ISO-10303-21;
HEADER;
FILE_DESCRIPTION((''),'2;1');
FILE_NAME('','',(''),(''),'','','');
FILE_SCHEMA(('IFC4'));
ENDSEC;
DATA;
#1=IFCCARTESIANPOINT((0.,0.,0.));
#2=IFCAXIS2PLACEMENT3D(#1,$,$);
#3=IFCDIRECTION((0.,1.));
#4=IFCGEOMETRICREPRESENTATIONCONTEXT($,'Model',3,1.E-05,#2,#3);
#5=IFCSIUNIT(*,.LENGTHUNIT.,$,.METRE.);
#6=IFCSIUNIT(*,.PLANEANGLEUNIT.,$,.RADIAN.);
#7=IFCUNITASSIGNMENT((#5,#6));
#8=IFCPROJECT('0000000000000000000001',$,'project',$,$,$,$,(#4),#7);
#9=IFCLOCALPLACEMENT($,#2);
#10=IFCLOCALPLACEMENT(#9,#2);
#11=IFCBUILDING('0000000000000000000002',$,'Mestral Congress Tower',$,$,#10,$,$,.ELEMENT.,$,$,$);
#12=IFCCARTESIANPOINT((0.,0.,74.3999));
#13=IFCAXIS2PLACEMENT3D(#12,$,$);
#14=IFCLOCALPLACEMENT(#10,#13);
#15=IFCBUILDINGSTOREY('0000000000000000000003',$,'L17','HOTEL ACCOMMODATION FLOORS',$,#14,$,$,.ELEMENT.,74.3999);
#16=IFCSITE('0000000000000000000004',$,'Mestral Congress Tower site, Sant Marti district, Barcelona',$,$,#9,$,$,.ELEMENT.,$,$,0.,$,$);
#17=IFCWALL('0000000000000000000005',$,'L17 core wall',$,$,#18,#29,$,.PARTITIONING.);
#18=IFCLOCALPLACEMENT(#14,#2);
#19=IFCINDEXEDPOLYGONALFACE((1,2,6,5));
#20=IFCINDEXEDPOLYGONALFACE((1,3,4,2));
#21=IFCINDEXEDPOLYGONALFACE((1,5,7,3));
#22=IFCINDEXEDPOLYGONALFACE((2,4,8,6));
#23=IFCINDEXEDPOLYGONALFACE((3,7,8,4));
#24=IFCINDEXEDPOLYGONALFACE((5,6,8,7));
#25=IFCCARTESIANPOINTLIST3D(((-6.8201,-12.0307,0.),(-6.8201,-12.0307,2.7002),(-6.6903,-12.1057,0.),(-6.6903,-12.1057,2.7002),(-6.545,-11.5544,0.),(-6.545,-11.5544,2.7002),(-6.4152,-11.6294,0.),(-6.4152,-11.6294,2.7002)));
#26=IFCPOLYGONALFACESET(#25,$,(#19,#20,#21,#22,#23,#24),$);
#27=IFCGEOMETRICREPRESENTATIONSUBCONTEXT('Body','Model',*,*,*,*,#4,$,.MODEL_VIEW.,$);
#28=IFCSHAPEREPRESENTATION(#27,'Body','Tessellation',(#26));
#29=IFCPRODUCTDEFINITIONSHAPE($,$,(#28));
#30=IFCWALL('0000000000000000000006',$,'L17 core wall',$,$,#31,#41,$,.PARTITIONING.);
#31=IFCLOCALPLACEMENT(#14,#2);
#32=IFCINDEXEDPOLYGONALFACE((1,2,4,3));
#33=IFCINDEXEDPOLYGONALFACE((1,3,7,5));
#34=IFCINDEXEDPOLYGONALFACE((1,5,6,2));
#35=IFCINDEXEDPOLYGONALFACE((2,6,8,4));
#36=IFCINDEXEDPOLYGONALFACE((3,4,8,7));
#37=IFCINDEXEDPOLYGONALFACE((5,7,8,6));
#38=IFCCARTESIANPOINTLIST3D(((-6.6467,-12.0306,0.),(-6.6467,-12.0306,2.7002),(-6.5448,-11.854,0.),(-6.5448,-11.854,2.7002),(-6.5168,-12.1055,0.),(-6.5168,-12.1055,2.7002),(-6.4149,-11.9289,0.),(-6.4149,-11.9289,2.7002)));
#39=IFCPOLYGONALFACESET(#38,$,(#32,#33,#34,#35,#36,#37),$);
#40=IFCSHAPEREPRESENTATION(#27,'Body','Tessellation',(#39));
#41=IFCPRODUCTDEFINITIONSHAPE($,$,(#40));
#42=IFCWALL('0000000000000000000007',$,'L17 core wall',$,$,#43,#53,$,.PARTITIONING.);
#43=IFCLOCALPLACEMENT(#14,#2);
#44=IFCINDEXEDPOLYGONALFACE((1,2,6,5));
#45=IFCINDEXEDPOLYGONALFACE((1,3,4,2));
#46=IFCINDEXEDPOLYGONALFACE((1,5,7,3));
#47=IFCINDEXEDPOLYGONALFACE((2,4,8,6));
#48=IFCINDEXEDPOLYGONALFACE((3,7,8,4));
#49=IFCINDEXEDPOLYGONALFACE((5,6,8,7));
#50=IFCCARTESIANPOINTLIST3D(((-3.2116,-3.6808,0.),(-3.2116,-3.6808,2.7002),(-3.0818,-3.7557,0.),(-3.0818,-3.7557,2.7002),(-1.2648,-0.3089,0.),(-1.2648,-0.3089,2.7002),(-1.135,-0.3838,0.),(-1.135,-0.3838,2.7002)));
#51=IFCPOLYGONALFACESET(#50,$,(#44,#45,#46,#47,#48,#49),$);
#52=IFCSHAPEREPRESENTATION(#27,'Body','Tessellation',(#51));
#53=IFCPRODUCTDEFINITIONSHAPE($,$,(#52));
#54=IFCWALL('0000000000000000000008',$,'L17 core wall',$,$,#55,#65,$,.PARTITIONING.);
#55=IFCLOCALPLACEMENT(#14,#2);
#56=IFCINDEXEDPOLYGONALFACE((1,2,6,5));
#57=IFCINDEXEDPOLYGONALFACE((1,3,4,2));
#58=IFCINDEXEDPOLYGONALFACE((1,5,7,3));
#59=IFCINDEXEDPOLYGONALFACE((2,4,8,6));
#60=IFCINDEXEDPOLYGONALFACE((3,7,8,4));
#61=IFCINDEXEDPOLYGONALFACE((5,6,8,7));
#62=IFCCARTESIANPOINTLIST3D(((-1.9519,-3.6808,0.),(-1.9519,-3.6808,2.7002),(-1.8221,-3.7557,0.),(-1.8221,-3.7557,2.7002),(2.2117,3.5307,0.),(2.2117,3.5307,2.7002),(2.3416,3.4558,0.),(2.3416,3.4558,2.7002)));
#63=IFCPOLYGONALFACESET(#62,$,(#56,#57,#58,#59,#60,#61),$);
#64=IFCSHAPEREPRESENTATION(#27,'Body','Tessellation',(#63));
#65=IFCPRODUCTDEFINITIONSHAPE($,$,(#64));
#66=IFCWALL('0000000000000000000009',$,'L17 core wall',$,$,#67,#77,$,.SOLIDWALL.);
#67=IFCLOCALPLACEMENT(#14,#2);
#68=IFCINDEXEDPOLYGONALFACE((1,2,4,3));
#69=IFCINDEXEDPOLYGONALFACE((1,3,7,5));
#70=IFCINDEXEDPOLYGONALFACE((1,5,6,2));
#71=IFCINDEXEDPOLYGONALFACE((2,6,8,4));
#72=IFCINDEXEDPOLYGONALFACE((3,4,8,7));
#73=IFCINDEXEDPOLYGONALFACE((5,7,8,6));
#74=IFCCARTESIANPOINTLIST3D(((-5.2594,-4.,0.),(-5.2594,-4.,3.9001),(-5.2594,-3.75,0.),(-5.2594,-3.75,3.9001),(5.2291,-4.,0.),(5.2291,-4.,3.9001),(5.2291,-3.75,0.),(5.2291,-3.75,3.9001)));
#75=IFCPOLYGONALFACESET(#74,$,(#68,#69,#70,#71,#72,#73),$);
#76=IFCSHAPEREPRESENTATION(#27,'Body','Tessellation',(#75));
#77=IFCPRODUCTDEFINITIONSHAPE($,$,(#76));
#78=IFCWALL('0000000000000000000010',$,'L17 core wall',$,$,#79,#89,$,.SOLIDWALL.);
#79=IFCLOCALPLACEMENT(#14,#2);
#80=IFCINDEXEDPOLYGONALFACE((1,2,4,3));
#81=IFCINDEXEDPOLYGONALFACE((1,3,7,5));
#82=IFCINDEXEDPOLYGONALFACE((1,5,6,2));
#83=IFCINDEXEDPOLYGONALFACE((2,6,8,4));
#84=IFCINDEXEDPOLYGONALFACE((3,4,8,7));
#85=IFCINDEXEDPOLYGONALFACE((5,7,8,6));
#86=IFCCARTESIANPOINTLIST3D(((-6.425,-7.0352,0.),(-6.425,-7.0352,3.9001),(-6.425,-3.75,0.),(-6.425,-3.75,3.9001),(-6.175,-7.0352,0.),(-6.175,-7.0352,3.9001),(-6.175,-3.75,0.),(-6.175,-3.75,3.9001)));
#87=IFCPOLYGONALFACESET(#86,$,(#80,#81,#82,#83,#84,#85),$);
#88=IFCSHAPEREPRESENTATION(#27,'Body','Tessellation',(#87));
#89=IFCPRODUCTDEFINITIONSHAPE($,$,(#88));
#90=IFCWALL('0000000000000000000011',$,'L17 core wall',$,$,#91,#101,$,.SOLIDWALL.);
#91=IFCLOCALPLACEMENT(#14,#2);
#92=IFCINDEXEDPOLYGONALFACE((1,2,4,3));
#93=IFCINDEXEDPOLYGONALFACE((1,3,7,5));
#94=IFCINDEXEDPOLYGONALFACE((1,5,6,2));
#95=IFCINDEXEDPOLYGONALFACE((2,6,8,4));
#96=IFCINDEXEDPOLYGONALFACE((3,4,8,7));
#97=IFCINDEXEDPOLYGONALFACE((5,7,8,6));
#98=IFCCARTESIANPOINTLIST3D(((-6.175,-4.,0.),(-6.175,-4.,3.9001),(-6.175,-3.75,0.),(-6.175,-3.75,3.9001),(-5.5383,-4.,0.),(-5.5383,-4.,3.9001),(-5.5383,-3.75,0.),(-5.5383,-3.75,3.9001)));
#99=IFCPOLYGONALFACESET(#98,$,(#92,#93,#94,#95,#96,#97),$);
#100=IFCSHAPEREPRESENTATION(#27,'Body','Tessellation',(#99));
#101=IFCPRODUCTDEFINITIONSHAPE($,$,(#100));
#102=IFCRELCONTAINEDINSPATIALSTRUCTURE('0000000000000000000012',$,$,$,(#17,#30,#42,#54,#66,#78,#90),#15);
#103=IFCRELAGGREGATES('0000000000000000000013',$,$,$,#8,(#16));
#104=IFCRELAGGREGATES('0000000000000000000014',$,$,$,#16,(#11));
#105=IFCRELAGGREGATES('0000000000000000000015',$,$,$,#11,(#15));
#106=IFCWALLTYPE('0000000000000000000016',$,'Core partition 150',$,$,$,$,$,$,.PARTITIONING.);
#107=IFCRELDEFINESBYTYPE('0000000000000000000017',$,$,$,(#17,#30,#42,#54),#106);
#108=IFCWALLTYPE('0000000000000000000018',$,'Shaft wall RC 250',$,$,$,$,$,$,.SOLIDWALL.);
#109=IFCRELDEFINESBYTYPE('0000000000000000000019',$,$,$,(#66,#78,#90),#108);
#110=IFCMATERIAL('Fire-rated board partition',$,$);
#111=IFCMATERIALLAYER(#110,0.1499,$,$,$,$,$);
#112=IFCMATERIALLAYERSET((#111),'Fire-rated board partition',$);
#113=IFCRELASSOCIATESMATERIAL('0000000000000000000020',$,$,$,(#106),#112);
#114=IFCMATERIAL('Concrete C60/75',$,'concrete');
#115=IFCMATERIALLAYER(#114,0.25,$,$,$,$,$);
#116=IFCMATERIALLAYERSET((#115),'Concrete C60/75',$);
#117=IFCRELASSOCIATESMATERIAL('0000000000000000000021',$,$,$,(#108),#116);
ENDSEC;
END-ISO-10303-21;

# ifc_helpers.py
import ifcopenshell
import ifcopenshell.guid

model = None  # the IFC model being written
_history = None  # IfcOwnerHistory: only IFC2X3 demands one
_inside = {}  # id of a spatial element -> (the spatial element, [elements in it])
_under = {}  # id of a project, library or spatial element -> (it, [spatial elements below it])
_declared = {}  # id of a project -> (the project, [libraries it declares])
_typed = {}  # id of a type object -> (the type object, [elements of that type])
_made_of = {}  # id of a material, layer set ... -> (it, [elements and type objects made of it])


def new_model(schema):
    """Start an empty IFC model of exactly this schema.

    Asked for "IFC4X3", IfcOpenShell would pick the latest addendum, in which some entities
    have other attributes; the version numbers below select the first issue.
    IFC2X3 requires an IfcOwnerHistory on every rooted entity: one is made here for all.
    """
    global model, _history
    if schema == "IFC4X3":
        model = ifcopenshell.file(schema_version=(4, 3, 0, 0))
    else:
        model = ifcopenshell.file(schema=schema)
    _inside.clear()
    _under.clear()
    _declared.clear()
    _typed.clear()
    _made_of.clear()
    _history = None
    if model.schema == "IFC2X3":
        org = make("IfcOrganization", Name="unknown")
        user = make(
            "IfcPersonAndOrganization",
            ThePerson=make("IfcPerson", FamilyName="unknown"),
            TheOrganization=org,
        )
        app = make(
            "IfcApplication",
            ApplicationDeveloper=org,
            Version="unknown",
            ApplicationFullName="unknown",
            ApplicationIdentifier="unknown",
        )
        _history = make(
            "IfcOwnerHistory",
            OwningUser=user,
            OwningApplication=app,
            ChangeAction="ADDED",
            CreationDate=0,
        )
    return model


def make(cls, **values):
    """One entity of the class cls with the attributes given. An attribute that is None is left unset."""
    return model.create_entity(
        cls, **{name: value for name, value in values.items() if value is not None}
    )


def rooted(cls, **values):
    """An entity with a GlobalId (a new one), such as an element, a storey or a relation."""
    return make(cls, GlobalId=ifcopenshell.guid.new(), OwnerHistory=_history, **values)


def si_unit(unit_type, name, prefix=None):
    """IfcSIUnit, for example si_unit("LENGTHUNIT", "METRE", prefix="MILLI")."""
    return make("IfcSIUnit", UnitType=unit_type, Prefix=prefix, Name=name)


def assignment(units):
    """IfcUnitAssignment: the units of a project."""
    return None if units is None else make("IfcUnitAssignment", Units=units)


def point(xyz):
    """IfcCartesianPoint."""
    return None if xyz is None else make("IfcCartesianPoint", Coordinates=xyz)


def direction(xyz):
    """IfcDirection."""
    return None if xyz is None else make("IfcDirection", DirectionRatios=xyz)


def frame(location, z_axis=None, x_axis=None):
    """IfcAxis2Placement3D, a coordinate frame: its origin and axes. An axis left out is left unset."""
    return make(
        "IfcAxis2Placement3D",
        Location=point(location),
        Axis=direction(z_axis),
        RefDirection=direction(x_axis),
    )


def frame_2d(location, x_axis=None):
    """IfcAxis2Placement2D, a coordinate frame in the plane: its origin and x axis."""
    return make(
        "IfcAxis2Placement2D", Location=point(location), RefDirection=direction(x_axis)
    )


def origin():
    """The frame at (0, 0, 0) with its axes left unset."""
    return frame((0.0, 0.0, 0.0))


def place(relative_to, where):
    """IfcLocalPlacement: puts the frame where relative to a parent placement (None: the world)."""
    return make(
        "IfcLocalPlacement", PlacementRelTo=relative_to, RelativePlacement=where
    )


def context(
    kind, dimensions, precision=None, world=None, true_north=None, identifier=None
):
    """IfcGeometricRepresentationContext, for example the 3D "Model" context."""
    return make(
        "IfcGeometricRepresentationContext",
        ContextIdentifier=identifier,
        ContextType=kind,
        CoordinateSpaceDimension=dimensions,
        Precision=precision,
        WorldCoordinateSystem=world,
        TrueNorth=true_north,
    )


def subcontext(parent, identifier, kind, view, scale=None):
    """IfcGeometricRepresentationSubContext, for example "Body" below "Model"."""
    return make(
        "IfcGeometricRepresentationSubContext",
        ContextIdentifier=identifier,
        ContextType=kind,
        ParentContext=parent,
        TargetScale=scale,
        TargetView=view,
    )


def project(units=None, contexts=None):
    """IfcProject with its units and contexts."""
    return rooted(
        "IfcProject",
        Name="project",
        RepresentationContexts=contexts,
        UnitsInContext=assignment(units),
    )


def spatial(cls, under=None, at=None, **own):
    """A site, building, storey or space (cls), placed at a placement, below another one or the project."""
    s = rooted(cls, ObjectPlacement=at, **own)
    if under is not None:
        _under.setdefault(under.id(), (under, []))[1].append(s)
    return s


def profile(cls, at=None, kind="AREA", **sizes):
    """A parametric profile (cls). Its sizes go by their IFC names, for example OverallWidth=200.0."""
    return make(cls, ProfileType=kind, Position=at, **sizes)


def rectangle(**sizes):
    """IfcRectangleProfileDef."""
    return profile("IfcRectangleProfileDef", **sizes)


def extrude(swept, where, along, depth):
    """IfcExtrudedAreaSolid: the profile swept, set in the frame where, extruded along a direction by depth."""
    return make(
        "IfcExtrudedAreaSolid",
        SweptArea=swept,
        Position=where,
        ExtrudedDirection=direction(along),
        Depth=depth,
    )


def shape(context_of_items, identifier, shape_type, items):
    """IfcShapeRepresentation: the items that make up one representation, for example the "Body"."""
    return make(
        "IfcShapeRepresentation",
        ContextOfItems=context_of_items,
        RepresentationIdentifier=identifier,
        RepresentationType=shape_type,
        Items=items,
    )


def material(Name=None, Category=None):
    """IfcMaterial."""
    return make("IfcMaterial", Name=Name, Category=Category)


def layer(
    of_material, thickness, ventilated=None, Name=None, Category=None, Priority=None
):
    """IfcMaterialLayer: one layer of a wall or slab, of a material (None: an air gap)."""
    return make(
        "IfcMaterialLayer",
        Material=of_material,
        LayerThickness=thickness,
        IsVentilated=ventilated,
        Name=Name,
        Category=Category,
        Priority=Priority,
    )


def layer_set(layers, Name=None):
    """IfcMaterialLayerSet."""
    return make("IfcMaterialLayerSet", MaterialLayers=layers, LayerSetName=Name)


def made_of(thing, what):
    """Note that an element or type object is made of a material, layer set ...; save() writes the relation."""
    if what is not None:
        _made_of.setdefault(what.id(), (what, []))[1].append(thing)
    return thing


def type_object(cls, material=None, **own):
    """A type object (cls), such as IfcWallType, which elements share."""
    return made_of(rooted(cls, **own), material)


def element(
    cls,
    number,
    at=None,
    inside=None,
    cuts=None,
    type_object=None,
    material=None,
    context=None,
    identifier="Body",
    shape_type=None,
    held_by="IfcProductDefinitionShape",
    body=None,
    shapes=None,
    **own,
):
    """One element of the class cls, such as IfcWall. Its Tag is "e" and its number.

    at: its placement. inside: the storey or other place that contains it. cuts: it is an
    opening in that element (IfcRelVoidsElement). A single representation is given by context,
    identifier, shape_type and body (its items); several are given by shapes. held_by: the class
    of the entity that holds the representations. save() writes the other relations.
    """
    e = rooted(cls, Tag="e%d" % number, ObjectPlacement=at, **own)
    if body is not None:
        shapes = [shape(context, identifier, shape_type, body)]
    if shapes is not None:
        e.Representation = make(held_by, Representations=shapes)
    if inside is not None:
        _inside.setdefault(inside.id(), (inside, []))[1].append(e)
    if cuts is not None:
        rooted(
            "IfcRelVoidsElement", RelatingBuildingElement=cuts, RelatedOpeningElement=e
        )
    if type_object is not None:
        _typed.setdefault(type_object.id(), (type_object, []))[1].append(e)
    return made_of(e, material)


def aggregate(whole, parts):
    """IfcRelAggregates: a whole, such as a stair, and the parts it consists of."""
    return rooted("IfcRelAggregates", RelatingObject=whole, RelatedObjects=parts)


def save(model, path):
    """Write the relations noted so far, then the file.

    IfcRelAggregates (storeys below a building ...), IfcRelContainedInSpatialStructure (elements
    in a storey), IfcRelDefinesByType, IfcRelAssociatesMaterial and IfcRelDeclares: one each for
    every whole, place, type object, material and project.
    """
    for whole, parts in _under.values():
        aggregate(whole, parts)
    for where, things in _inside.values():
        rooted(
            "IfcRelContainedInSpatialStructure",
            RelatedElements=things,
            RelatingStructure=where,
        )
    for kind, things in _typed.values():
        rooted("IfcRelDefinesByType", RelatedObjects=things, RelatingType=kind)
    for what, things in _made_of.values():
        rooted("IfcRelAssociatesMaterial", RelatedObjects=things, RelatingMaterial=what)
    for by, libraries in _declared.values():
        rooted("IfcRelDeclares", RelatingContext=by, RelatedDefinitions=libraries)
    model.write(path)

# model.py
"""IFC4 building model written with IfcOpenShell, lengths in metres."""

from ifc_helpers import new_model, si_unit, direction, frame, frame_2d, origin, place, context, subcontext, project, spatial, rectangle, extrude, material, layer, layer_set, type_object, element, save


model = new_model("IFC4")

# Units and contexts
model_context = context("Model", 3, precision=1e-05, world=origin(), true_north=direction((0.0, 1.0)))
body_context = subcontext(model_context, "Body", "Model", "MODEL_VIEW")
ifc_project = project(units=[si_unit("LENGTHUNIT", "METRE"), si_unit("PLANEANGLEUNIT", "RADIAN")], contexts=[model_context])

# Site, building, storey
site_placement = place(None, origin())
site = spatial("IfcSite", under=ifc_project, at=site_placement, Name="Mestral Congress Tower site, Sant Marti district, Barcelona", CompositionType="ELEMENT", RefElevation=0.0)
building_placement = place(site_placement, origin())
building = spatial("IfcBuilding", under=site, at=building_placement, Name="Mestral Congress Tower", CompositionType="ELEMENT")
storey_placement = place(building_placement, frame((0.0, 0.0, 74.3999)))
storey = spatial("IfcBuildingStorey", under=building, at=storey_placement, Name="L17", Description="HOTEL ACCOMMODATION FLOORS", CompositionType="ELEMENT", Elevation=74.3999)

# Walls
ifc_material_1 = material(Name="Fire-rated board partition")
ifc_layer_1 = layer(ifc_material_1, 0.1499)
ifc_layer_set_1 = layer_set([ifc_layer_1], Name="Fire-rated board partition")
wall_type_1 = type_object("IfcWallType", Name="Core partition 150", PredefinedType="PARTITIONING", material=ifc_layer_set_1)
wall_1_placement = place(storey_placement, frame((-6.7551, -12.0681, 0.0), z_axis=(0.0, 0.0, 1.0), x_axis=(0.500196, 0.865912, 0.0)))
element("IfcWall", 1, at=wall_1_placement, inside=storey, type_object=wall_type_1, Name="L17 core wall", PredefinedType="PARTITIONING", context=body_context, shape_type="SweptSolid", body=[
    extrude(rectangle(XDim=0.55, YDim=0.1499, at=frame_2d((0.2749, 0.0))), origin(), (0.0, 0.0, 1.0), 2.7002),
])
wall_2_placement = place(storey_placement, frame((-6.5818, -12.0681, 0.0), z_axis=(0.0, 0.0, 1.0), x_axis=(0.499619, 0.866245, 0.0)))
element("IfcWall", 2, at=wall_2_placement, inside=storey, type_object=wall_type_1, Name="L17 core wall", PredefinedType="PARTITIONING", context=body_context, shape_type="SweptSolid", body=[
    extrude(rectangle(XDim=0.2039, YDim=0.1499, at=frame_2d((0.1021, 0.0))), origin(), (0.0, 0.0, 1.0), 2.7002),
])
wall_3_placement = place(storey_placement, frame((-3.1467, -3.7183, 0.0), z_axis=(0.0, 0.0, 1.0), x_axis=(0.50001, 0.86602, 0.0)))
element("IfcWall", 3, at=wall_3_placement, inside=storey, type_object=wall_type_1, Name="L17 core wall", PredefinedType="PARTITIONING", context=body_context, shape_type="SweptSolid", body=[
    extrude(rectangle(XDim=3.8936, YDim=0.1499, at=frame_2d((1.9468, 0.0))), origin(), (0.0, 0.0, 1.0), 2.7002),
])
wall_4_placement = place(storey_placement, frame((-1.887, -3.7183, 0.0), z_axis=(0.0, 0.0, 1.0), x_axis=(0.500005, 0.866023, 0.0)))
element("IfcWall", 4, at=wall_4_placement, inside=storey, type_object=wall_type_1, Name="L17 core wall", PredefinedType="PARTITIONING", context=body_context, shape_type="SweptSolid", body=[
    extrude(rectangle(XDim=8.3271, YDim=0.1499, at=frame_2d((4.1636, 0.0))), origin(), (0.0, 0.0, 1.0), 2.7002),
])
ifc_material_2 = material(Name="Concrete C60/75", Category="concrete")
ifc_layer_2 = layer(ifc_material_2, 0.25)
ifc_layer_set_2 = layer_set([ifc_layer_2], Name="Concrete C60/75")
wall_type_2 = type_object("IfcWallType", Name="Shaft wall RC 250", PredefinedType="SOLIDWALL", material=ifc_layer_set_2)
wall_5_placement = place(storey_placement, frame((-5.2593, -3.875, 0.0), z_axis=(0.0, 0.0, 1.0), x_axis=(1.0, 0.0, 0.0)))
element("IfcWall", 5, at=wall_5_placement, inside=storey, type_object=wall_type_2, Name="L17 core wall", PredefinedType="SOLIDWALL", context=body_context, shape_type="SweptSolid", body=[
    extrude(rectangle(XDim=10.4885, YDim=0.25, at=frame_2d((5.2441, 0.0))), origin(), (0.0, 0.0, 1.0), 3.9001),
])
wall_6_placement = place(storey_placement, frame((-6.3, -7.0352, 0.0), z_axis=(0.0, 0.0, 1.0), x_axis=(0.0, 1.0, 0.0)))
element("IfcWall", 6, at=wall_6_placement, inside=storey, type_object=wall_type_2, Name="L17 core wall", PredefinedType="SOLIDWALL", context=body_context, shape_type="SweptSolid", body=[
    extrude(rectangle(XDim=3.2852, YDim=0.25, at=frame_2d((1.6426, 0.0))), origin(), (0.0, 0.0, 1.0), 3.9001),
])
wall_7_placement = place(storey_placement, frame((-6.175, -3.875, 0.0), z_axis=(0.0, 0.0, 1.0), x_axis=(1.0, 0.0, 0.0)))
element("IfcWall", 7, at=wall_7_placement, inside=storey, type_object=wall_type_2, Name="L17 core wall", PredefinedType="SOLIDWALL", context=body_context, shape_type="SweptSolid", body=[
    extrude(rectangle(XDim=0.6367, YDim=0.25, at=frame_2d((0.3184, 0.0))), origin(), (0.0, 0.0, 1.0), 3.9001),
])

save(model, "model.ifc")
